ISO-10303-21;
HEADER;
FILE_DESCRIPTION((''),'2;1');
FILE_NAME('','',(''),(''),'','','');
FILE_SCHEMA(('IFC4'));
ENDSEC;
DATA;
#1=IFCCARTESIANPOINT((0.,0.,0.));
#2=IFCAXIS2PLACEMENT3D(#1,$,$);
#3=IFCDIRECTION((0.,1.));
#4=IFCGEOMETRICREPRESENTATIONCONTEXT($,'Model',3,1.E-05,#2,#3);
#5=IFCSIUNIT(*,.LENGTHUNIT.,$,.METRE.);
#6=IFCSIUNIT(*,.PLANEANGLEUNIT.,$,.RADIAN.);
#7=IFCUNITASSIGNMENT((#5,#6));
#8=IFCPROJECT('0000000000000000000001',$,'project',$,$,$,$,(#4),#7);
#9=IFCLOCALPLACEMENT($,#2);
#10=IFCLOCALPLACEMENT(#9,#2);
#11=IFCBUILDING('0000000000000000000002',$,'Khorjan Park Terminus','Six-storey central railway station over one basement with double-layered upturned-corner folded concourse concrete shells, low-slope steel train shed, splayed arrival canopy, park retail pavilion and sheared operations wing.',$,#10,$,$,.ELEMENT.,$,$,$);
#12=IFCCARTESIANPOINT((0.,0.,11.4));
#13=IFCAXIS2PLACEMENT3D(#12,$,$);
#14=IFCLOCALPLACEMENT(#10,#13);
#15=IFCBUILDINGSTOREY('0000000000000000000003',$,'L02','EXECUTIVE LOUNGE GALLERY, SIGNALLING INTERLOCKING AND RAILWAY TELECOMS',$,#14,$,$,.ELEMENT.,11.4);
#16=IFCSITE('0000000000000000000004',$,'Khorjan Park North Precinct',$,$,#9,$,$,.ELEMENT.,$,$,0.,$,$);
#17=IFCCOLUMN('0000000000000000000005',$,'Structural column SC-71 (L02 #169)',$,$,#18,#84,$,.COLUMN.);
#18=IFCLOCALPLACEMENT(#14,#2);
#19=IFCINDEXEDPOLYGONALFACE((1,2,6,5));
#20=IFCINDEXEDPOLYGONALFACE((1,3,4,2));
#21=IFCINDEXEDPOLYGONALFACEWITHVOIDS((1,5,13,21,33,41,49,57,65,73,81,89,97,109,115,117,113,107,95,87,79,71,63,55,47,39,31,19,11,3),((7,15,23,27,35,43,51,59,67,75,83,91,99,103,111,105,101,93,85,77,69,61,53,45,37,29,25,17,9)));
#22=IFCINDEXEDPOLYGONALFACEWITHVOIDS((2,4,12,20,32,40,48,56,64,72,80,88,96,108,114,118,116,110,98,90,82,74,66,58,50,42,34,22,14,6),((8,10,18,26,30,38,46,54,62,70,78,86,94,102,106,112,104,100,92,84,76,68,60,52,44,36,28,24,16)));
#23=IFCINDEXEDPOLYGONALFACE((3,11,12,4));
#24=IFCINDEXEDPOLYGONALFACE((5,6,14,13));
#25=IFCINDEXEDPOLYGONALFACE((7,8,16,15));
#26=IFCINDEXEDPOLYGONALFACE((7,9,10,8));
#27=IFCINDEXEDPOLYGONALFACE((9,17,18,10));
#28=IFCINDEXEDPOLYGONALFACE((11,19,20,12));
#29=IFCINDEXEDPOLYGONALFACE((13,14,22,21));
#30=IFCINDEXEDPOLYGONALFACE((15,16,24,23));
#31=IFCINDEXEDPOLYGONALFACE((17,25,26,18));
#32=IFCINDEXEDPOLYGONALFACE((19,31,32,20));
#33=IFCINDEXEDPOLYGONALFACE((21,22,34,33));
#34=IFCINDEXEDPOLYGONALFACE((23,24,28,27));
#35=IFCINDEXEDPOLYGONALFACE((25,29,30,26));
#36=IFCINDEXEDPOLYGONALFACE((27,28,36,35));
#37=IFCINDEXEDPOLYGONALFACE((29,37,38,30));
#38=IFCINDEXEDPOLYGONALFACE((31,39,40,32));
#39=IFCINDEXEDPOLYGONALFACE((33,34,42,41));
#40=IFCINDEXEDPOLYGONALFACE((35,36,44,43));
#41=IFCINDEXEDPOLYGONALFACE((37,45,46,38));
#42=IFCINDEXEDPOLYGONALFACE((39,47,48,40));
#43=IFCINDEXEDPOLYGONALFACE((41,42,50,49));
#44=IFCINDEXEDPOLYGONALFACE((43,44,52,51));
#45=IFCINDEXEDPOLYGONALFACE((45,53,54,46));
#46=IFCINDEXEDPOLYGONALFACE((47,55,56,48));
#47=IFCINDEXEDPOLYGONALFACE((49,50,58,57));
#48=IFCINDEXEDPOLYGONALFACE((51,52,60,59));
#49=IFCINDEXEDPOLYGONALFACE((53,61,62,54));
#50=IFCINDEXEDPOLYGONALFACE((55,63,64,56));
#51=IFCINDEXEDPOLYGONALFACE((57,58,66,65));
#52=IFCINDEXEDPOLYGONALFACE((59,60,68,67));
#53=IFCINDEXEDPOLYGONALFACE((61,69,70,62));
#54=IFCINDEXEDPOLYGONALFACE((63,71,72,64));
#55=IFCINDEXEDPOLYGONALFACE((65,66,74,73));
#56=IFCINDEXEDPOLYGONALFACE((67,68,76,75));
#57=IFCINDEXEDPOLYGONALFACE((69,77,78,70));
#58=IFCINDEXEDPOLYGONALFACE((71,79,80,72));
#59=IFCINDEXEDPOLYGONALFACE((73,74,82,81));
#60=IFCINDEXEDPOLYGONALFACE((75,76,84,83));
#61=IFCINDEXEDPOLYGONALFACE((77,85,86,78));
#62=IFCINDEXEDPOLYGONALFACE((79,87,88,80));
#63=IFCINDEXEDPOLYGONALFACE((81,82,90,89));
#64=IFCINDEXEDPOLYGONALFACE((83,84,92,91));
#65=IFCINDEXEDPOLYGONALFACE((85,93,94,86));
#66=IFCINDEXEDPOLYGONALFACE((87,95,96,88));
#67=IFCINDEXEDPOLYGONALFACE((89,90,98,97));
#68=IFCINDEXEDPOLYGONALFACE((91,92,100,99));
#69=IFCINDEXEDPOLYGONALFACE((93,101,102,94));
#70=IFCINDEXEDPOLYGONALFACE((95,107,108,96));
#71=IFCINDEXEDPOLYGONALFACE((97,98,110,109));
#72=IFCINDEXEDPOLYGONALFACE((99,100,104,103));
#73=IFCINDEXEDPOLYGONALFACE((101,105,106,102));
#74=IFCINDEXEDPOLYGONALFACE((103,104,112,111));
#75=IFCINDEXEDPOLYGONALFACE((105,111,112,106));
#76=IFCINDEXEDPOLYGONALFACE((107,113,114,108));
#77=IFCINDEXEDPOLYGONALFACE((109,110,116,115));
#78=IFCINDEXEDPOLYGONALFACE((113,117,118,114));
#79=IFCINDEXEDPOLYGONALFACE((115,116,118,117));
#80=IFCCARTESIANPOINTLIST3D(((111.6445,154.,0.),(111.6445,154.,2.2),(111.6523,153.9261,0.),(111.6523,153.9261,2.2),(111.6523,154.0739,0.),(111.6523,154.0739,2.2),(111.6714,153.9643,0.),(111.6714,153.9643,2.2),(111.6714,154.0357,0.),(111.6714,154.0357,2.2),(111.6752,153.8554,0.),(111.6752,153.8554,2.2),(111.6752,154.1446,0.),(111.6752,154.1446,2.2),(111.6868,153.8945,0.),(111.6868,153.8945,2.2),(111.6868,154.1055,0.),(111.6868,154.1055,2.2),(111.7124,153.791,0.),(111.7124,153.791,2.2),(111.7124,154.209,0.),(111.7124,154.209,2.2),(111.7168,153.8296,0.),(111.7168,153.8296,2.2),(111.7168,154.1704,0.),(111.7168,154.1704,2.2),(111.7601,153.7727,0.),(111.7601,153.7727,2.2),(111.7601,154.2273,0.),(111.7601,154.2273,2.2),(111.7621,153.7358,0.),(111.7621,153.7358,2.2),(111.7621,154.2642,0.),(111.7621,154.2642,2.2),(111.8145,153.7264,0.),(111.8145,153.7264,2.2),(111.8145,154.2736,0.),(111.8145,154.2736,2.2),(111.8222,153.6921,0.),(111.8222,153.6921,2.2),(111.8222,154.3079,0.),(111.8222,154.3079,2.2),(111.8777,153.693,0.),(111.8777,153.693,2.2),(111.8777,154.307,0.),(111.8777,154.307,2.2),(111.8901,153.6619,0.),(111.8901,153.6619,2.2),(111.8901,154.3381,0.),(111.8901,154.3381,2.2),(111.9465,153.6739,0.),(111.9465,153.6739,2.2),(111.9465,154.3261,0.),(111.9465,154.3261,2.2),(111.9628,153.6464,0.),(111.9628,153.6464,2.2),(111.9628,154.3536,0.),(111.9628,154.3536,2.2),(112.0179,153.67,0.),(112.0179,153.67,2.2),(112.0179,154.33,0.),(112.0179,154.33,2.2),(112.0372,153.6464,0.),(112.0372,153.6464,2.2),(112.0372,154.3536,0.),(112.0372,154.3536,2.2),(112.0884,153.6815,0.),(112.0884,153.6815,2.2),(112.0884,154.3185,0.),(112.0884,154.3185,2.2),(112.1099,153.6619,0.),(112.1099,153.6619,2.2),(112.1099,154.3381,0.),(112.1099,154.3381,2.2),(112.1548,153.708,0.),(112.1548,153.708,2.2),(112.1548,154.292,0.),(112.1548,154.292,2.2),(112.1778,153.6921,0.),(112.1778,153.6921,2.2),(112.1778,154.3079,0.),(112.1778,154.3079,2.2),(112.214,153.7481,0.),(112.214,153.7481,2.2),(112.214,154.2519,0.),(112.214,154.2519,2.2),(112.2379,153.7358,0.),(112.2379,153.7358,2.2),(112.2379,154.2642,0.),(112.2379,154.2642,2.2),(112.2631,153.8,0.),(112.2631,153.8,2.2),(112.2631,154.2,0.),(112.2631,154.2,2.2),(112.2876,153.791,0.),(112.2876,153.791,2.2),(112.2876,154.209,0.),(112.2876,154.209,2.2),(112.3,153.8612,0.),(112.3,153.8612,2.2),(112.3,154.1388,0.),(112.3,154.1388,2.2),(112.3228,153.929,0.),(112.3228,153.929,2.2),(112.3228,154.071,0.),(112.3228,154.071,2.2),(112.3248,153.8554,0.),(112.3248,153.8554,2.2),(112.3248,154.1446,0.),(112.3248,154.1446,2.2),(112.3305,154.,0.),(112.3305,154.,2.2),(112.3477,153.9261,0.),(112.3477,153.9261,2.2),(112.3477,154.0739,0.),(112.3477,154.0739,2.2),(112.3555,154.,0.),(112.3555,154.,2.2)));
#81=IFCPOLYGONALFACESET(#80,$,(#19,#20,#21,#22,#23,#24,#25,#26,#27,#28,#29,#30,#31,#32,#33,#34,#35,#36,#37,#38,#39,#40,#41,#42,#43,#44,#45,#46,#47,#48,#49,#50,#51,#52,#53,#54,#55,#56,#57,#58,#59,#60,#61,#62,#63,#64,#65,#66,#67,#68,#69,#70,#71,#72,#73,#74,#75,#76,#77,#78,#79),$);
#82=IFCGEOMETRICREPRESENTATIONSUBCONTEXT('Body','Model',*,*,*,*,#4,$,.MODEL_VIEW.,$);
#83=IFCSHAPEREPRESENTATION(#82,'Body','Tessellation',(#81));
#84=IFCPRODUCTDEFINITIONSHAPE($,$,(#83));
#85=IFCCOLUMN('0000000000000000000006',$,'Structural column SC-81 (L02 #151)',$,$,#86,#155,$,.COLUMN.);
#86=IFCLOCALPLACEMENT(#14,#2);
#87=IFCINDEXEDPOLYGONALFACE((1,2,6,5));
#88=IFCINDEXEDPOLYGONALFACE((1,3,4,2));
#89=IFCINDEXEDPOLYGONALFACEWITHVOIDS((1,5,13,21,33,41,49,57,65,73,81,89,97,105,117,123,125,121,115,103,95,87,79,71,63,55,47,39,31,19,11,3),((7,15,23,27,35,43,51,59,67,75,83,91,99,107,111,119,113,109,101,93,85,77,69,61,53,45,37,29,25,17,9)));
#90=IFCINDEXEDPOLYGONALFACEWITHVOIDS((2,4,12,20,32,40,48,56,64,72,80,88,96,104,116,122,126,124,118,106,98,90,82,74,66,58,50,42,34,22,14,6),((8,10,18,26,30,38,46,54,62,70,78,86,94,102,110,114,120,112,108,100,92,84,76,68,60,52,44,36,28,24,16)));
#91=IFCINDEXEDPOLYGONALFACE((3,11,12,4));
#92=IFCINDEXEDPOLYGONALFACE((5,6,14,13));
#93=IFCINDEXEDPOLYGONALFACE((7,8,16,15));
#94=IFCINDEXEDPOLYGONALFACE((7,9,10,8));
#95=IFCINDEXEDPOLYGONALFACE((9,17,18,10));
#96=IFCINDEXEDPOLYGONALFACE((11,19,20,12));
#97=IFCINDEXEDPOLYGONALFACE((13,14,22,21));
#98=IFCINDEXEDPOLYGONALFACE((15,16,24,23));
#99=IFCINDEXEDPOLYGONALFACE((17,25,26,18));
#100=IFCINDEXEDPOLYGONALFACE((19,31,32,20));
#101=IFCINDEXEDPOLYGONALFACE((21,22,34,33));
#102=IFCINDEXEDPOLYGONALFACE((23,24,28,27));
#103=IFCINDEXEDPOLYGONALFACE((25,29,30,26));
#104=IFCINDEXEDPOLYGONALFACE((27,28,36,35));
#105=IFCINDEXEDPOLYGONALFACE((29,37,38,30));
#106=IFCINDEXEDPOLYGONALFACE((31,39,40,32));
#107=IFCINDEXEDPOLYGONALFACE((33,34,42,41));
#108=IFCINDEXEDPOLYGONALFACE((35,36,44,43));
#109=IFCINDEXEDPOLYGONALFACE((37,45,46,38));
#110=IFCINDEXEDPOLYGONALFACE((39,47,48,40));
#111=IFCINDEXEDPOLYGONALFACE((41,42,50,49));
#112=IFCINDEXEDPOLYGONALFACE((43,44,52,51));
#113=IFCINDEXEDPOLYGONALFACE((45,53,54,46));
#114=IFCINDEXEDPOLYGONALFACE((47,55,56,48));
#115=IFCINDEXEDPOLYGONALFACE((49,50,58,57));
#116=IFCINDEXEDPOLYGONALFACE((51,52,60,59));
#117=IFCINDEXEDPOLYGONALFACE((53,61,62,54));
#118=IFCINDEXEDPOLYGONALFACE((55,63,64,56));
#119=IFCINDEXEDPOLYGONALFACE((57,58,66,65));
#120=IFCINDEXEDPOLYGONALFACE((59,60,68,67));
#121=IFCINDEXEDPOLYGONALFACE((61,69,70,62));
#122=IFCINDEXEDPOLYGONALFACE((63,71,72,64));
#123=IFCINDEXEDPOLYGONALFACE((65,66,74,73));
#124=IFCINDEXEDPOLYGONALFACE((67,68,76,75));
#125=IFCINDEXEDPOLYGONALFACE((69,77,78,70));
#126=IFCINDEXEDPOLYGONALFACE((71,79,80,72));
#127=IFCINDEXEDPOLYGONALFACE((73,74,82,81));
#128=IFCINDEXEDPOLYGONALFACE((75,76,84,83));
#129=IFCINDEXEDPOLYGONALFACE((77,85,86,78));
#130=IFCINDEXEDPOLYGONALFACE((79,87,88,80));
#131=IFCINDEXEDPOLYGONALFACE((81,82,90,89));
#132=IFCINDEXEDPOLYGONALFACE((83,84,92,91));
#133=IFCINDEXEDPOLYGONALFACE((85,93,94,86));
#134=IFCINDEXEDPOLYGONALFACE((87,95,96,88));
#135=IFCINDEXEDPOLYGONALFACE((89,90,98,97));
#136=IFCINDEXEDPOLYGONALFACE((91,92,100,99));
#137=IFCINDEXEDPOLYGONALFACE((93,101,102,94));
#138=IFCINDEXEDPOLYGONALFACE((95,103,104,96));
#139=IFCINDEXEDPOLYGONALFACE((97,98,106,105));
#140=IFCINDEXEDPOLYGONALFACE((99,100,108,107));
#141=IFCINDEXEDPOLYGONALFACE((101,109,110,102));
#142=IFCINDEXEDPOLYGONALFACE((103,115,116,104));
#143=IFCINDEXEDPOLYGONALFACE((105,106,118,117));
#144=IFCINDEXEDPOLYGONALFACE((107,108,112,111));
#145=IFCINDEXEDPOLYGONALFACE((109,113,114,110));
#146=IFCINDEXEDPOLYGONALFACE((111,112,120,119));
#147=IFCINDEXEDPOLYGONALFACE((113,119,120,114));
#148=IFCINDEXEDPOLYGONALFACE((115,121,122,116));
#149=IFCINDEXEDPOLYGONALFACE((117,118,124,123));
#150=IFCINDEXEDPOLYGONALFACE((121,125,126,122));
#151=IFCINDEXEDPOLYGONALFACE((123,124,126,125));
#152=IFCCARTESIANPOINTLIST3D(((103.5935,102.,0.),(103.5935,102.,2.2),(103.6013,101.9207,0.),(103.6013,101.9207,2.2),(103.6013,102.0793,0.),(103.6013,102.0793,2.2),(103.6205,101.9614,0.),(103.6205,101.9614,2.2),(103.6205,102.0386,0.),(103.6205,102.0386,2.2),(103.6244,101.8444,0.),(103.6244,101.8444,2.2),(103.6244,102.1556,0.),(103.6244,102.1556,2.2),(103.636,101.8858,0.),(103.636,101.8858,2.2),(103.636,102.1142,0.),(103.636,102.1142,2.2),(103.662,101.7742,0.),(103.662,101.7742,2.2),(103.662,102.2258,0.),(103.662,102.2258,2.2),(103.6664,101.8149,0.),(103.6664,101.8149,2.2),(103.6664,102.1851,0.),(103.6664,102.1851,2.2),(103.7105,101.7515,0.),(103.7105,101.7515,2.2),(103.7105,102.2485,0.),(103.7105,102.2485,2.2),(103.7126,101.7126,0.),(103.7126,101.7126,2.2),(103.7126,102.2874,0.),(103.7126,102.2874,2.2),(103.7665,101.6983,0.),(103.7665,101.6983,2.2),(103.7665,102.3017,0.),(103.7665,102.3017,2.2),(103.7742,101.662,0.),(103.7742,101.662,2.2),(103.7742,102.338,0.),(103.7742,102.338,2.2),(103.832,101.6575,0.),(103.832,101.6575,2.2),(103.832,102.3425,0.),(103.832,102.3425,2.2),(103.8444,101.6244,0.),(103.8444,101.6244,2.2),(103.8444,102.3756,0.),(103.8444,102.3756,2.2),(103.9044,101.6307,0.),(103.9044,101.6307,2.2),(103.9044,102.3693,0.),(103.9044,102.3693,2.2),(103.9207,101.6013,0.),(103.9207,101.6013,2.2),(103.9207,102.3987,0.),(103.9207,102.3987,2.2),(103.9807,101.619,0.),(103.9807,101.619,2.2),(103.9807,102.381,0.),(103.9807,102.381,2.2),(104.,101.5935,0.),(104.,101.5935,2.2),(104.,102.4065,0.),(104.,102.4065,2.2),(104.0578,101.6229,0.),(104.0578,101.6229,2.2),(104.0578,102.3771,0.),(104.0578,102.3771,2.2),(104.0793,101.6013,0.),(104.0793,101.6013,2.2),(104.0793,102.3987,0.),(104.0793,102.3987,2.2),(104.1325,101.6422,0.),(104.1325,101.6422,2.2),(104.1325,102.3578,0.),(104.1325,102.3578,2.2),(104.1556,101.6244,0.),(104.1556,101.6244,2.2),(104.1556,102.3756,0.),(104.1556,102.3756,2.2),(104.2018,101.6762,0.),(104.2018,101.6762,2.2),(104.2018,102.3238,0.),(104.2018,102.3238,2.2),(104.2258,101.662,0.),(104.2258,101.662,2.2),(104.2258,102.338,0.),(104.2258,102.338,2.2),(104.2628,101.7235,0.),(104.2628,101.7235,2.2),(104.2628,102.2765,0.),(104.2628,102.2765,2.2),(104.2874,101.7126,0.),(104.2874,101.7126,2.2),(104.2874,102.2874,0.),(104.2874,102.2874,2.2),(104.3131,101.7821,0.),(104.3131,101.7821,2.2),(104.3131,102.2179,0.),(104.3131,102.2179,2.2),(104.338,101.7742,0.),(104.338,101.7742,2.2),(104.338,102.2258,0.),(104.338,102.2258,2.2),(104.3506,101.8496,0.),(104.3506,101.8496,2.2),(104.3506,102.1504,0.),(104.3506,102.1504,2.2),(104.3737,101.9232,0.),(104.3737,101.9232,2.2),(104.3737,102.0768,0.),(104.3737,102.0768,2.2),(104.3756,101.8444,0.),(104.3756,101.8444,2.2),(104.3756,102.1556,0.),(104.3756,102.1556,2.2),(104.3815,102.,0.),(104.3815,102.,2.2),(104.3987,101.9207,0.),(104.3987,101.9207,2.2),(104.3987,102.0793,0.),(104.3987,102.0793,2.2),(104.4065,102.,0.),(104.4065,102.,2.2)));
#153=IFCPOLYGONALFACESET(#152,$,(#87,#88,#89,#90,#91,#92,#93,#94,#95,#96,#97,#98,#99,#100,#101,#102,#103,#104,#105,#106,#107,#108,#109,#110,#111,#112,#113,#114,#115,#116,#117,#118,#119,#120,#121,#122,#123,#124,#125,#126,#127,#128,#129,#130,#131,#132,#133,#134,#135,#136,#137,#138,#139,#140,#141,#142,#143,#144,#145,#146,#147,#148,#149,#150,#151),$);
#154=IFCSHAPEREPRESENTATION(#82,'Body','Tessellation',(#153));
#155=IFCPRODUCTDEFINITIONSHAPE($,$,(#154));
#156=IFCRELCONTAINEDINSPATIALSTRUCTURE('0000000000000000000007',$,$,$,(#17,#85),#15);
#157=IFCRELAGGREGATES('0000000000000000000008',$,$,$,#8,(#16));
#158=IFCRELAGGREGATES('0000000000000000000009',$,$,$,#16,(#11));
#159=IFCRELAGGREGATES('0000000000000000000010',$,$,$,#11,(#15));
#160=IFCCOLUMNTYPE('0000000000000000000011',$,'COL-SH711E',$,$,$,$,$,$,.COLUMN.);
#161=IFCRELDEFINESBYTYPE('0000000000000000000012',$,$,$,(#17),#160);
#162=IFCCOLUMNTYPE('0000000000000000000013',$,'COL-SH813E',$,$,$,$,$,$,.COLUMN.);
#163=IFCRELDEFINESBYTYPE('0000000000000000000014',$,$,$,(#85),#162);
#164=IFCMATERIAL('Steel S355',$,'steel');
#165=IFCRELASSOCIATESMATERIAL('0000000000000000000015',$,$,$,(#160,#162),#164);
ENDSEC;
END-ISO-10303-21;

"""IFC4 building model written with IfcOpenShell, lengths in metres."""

from ifc_helpers import new_model, si_unit, direction, frame, origin, origin_2d, place, context, subcontext, project, spatial, hollow_circle, extrude, material, material_profile, profile_set, type_object, element, save


model = new_model("IFC4")

# Units and contexts
model_context = context("Model", 3, precision=1e-05, world=origin(), true_north=direction((0.0, 1.0)))
body_context = subcontext(model_context, "Body", "Model", "MODEL_VIEW")
ifc_project = project(units=[si_unit("LENGTHUNIT", "METRE"), si_unit("PLANEANGLEUNIT", "RADIAN")], contexts=[model_context])

# Site, building, storey
site_placement = place(None, origin())
site = spatial("IfcSite", under=ifc_project, at=site_placement, Name="Khorjan Park North Precinct", CompositionType="ELEMENT", RefElevation=0.0)
building_placement = place(site_placement, origin())
building = spatial("IfcBuilding", under=site, at=building_placement, Name="Khorjan Park Terminus", Description="Six-storey central railway station over one basement with double-layered upturned-corner folded concourse concrete shells, low-slope steel train shed, splayed arrival canopy, park retail pavilion and sheared operations wing.", CompositionType="ELEMENT")
storey_placement = place(building_placement, frame((0.0, 0.0, 11.4)))
storey = spatial("IfcBuildingStorey", under=building, at=storey_placement, Name="L02", Description="EXECUTIVE LOUNGE GALLERY, SIGNALLING INTERLOCKING AND RAILWAY TELECOMS", CompositionType="ELEMENT", Elevation=11.4)

# Columns
ifc_material = material(Name="Steel S355", Category="steel")
ifc_material_profile_1 = material_profile(ifc_material, hollow_circle(Radius=0.3555, WallThickness=0.025, at=origin_2d()), Name="CHS 711x25")
ifc_profile_set_1 = profile_set([ifc_material_profile_1], Name="Steel S355")
column_type_1 = type_object("IfcColumnType", Name="COL-SH711E", PredefinedType="COLUMN", material=ifc_profile_set_1)
for number, where, z_axis, x_axis, name in (
    (1, (112.0, 154.0, 0.0), (0.0, 0.0, 1.0), (1.0, 0.0, 0.0), "Structural column SC-71 (L02 #169)"),
):
    element("IfcColumn", number, at=place(storey_placement, frame(where, z_axis=z_axis, x_axis=x_axis)), inside=storey, type_object=column_type_1, Name=name, PredefinedType="COLUMN", context=body_context, shape_type="SweptSolid", body=[
        extrude(hollow_circle(Radius=0.3555, WallThickness=0.025, at=origin_2d()), origin(), (0.0, 0.0, 1.0), 2.2),
    ])
ifc_material_profile_2 = material_profile(ifc_material, hollow_circle(Radius=0.4065, WallThickness=0.025, at=origin_2d()), Name="CHS 813x25")
ifc_profile_set_2 = profile_set([ifc_material_profile_2], Name="Steel S355")
column_type_2 = type_object("IfcColumnType", Name="COL-SH813E", PredefinedType="COLUMN", material=ifc_profile_set_2)
for number, where, z_axis, x_axis, name in (
    (2, (104.0, 102.0, 0.0), (0.0, 0.0, 1.0), (1.0, 0.0, 0.0), "Structural column SC-81 (L02 #151)"),
):
    element("IfcColumn", number, at=place(storey_placement, frame(where, z_axis=z_axis, x_axis=x_axis)), inside=storey, type_object=column_type_2, Name=name, PredefinedType="COLUMN", context=body_context, shape_type="SweptSolid", body=[
        extrude(hollow_circle(Radius=0.4065, WallThickness=0.025, at=origin_2d()), origin(), (0.0, 0.0, 1.0), 2.2),
    ])

save(model, "model.ifc")
